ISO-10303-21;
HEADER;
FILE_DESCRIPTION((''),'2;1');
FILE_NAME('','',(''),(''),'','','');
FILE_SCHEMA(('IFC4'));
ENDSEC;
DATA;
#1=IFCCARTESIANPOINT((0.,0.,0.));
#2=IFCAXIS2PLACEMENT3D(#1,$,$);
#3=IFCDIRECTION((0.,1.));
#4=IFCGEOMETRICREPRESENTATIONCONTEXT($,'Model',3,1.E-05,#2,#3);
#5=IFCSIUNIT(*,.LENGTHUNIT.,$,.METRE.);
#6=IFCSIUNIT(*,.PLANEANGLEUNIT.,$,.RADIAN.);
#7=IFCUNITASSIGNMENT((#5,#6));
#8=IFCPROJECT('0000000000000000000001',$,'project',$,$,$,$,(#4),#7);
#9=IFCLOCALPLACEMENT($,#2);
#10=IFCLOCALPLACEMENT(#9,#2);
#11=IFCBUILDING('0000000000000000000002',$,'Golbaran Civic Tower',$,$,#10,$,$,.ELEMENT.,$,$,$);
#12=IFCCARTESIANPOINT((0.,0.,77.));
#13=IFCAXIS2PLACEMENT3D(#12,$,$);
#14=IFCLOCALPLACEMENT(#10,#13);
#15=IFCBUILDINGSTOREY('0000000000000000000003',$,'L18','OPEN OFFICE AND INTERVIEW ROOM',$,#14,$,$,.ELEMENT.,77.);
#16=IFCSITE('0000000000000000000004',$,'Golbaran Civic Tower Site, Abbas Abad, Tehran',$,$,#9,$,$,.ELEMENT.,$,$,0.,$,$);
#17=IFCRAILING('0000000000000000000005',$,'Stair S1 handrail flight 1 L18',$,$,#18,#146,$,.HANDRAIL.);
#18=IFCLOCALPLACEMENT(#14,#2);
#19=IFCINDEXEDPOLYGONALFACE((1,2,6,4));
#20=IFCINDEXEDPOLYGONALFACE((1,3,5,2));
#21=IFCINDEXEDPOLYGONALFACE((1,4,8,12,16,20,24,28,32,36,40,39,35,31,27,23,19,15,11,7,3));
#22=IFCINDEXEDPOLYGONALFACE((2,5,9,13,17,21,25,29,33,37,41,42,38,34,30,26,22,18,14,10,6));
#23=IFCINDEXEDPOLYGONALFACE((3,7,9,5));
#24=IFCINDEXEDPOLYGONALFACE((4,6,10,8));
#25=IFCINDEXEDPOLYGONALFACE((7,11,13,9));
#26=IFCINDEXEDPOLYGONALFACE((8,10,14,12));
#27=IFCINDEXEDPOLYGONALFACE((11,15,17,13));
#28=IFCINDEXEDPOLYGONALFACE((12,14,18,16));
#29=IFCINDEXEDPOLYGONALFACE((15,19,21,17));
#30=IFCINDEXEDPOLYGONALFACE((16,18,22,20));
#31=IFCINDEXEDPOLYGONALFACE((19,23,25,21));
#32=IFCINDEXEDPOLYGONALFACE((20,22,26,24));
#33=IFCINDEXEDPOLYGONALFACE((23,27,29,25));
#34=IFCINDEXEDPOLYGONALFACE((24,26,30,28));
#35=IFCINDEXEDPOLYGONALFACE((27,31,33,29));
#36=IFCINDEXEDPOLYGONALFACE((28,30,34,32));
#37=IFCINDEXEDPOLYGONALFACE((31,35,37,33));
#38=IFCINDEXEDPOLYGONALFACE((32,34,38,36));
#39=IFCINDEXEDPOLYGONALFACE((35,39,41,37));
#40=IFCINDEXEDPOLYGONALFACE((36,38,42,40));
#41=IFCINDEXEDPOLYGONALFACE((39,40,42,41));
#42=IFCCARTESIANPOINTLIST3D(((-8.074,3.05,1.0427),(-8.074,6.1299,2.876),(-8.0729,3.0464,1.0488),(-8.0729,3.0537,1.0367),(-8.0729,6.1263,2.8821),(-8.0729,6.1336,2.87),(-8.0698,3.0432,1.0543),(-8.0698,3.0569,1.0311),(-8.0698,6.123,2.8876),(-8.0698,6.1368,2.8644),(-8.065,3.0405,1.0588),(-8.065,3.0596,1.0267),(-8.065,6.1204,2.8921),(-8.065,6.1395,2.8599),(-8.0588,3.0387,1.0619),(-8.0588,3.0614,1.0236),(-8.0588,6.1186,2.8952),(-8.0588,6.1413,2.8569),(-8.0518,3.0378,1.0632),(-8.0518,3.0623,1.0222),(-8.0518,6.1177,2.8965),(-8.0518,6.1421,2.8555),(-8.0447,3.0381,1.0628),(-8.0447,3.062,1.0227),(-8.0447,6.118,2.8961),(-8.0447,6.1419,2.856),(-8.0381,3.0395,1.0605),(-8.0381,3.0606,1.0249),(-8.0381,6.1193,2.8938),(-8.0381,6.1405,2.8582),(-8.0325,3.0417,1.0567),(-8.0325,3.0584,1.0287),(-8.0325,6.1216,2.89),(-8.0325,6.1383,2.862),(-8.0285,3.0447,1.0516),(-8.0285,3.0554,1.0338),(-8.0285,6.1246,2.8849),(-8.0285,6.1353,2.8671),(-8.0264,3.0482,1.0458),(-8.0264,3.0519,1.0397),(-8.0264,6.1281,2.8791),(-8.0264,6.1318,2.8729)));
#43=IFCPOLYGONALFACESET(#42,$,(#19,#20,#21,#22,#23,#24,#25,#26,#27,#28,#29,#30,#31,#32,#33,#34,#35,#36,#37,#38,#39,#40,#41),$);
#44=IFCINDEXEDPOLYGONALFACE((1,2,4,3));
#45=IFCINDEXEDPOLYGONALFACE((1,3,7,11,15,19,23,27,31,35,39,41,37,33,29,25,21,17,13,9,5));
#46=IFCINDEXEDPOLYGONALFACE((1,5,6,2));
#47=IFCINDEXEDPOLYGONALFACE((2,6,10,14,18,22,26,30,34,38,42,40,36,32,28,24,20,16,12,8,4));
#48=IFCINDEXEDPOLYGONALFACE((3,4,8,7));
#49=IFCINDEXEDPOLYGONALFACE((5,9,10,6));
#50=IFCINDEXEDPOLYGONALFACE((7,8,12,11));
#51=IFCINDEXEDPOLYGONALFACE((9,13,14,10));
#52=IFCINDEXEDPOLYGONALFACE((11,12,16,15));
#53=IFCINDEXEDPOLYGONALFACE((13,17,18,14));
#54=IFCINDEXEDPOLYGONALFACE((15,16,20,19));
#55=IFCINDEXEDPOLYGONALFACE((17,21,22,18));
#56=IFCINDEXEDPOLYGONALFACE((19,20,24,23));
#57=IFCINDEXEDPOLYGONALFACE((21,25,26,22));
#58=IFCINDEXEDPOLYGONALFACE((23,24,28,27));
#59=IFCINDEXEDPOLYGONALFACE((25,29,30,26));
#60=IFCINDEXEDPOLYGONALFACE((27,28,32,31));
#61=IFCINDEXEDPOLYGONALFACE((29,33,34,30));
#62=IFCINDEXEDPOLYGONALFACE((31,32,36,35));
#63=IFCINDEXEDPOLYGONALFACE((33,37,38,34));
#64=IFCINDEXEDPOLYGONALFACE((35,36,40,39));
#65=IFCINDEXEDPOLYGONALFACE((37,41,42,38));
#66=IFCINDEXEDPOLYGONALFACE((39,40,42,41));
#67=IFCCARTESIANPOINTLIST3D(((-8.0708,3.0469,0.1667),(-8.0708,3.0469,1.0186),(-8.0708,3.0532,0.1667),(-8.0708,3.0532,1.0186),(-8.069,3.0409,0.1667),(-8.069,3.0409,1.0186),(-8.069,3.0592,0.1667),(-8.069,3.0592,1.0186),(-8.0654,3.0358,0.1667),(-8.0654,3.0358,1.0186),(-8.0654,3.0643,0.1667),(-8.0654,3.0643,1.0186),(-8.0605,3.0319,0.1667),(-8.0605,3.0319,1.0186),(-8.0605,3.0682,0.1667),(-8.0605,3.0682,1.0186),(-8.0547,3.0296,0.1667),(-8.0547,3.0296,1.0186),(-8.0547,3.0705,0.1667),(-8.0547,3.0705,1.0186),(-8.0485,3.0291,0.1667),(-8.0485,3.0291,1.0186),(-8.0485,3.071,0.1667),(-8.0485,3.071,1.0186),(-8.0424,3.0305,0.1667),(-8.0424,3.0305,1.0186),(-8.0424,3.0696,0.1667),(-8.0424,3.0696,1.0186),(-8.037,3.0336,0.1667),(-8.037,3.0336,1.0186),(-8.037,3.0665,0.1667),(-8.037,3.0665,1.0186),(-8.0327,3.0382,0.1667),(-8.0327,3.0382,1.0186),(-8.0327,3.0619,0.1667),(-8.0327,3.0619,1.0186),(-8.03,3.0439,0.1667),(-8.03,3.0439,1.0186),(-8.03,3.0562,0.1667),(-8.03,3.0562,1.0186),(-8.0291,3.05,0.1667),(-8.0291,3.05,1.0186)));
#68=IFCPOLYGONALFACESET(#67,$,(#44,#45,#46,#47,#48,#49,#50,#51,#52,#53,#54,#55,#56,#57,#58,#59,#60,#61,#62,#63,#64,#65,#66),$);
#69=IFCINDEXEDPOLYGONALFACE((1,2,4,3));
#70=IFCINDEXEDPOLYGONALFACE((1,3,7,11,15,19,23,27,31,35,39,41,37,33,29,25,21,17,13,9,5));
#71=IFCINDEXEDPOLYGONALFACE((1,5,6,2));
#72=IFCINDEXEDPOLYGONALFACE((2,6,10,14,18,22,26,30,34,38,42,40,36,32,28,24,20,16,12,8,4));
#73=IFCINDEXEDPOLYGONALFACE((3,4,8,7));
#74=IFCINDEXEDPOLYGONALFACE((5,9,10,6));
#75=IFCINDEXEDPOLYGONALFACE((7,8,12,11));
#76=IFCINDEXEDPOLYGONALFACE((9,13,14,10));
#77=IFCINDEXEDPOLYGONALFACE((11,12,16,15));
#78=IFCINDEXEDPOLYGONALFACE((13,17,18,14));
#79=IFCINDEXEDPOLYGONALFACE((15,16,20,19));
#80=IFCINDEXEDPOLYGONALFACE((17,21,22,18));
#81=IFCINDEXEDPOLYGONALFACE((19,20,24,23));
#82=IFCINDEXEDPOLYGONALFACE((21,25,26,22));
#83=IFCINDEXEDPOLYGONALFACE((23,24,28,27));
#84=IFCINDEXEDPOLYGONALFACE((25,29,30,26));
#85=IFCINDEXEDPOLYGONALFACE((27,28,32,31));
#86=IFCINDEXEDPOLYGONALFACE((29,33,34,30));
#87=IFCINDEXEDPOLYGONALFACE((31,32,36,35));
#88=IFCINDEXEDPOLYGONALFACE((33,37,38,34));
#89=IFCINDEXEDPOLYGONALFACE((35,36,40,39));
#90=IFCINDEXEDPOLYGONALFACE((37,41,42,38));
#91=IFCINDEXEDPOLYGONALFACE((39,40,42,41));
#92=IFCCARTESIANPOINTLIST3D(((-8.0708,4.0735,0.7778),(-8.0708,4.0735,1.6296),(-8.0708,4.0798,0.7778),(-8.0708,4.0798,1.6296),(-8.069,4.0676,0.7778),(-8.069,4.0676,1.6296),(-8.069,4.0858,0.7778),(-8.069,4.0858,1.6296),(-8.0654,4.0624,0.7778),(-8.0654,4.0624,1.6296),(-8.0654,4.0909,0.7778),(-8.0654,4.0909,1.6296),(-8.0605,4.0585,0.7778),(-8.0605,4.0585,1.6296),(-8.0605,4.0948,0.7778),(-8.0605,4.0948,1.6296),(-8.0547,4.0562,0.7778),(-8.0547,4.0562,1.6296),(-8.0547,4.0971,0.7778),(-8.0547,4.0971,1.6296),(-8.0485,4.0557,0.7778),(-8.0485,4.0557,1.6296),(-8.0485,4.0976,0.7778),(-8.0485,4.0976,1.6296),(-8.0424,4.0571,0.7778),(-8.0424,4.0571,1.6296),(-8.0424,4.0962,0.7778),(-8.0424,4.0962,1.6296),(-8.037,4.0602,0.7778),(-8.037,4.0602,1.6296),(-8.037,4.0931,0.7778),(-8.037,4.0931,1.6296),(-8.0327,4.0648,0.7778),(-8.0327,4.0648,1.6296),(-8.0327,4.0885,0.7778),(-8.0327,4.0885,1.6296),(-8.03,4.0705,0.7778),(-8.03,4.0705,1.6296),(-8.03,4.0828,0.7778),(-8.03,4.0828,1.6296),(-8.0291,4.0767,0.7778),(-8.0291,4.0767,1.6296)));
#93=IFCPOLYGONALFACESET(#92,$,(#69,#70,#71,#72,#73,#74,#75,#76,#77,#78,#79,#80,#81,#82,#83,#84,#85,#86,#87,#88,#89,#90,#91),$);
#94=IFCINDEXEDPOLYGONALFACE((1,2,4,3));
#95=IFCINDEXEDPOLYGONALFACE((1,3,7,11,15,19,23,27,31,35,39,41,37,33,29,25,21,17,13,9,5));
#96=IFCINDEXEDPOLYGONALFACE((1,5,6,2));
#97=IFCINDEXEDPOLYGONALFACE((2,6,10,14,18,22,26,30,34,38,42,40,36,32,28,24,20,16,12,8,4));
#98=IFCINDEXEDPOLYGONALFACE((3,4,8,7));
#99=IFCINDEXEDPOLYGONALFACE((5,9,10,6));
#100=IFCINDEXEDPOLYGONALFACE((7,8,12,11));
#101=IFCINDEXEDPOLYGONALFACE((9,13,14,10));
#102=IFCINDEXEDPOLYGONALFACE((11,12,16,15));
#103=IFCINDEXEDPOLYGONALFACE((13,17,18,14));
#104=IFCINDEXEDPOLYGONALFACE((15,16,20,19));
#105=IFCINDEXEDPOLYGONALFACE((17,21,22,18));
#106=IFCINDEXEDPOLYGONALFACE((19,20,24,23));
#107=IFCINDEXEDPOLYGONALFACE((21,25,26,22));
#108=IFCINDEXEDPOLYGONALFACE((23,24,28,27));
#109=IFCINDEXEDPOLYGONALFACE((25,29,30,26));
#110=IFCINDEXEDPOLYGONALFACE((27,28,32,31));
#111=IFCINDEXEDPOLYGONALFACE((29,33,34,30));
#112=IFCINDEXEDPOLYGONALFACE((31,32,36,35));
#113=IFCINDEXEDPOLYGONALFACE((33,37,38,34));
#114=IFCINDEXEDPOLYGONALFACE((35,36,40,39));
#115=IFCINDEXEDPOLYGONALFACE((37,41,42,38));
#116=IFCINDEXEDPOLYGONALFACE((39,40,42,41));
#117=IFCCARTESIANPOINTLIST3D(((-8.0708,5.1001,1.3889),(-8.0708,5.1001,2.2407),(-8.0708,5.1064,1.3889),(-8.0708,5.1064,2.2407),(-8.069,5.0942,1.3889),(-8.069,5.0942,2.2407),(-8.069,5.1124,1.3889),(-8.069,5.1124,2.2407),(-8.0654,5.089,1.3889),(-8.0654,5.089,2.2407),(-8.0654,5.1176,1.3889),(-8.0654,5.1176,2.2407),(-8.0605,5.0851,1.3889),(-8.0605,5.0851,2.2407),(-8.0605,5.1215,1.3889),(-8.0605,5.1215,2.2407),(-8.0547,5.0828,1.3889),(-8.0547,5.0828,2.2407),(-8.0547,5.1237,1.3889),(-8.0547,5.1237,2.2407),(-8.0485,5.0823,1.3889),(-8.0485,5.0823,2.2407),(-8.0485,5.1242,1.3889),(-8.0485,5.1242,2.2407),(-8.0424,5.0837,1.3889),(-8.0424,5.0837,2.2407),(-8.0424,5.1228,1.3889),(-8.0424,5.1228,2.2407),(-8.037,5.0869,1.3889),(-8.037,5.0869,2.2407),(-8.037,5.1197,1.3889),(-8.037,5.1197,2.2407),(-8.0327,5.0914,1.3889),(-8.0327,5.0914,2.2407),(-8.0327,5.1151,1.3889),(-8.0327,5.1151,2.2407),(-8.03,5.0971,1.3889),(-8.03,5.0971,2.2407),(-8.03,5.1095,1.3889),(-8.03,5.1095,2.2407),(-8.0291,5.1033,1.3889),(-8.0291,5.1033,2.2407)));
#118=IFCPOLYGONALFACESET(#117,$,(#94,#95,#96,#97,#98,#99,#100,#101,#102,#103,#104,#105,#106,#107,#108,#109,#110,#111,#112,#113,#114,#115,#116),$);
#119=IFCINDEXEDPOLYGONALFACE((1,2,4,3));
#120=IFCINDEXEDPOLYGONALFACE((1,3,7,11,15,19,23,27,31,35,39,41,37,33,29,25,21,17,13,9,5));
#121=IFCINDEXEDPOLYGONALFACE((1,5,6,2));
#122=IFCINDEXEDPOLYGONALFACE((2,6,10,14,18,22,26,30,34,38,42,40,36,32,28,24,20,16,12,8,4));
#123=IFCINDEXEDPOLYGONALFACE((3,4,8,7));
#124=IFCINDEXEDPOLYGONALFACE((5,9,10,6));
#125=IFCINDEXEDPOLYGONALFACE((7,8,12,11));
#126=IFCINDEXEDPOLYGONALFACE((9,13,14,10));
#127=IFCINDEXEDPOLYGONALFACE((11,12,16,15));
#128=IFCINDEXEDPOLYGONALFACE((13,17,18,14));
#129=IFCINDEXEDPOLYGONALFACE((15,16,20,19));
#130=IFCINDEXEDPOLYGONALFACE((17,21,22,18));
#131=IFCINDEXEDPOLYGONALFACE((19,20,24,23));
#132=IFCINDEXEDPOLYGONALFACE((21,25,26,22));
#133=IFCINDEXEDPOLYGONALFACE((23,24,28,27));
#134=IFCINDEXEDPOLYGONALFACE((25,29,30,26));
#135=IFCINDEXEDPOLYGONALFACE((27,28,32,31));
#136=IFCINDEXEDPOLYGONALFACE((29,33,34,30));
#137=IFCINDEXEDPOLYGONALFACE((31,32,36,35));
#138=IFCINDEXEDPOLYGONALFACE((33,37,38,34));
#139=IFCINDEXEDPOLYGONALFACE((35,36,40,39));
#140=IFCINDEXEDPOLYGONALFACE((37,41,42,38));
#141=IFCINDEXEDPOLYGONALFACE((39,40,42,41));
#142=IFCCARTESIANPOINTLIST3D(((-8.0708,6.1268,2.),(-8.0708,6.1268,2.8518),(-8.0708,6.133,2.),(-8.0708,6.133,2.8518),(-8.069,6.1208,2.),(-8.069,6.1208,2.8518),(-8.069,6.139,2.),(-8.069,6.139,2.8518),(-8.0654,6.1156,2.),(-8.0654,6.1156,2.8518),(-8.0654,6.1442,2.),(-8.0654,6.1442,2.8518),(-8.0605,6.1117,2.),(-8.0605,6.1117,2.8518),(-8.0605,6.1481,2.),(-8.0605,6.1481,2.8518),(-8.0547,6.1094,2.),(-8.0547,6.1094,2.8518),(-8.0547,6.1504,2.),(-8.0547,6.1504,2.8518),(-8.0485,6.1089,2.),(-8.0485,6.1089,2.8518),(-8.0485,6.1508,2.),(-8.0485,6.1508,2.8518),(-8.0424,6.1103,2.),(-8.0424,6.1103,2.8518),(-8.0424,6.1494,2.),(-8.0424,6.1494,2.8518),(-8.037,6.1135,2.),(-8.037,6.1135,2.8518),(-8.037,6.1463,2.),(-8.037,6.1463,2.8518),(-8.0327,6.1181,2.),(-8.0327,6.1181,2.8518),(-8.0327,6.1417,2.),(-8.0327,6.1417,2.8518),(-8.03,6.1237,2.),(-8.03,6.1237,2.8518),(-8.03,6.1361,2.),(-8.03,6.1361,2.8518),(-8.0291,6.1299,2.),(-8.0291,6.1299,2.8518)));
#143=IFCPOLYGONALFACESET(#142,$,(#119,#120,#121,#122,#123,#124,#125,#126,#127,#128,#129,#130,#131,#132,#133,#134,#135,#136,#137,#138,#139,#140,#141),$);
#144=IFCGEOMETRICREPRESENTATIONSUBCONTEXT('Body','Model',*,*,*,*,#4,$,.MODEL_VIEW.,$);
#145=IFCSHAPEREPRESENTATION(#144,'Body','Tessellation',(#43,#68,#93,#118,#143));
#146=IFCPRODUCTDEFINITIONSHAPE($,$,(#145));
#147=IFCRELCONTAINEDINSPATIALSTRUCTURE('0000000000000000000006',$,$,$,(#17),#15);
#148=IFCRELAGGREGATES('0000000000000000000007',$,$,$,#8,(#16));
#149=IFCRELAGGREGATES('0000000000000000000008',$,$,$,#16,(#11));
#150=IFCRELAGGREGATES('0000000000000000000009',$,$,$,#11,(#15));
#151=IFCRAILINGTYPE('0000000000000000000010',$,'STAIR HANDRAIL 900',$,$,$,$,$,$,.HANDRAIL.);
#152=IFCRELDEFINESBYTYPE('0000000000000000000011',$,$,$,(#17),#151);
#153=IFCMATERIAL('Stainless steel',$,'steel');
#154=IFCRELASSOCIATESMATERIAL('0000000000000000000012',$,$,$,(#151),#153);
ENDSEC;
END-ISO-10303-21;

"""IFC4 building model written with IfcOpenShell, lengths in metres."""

from ifc_helpers import new_model, si_unit, direction, frame, origin, origin_2d, place, context, subcontext, project, spatial, circle, extrude, material, type_object, element, save


model = new_model("IFC4")

# Units and contexts
model_context = context("Model", 3, precision=1e-05, world=origin(), true_north=direction((0.0, 1.0)))
body_context = subcontext(model_context, "Body", "Model", "MODEL_VIEW")
ifc_project = project(units=[si_unit("LENGTHUNIT", "METRE"), si_unit("PLANEANGLEUNIT", "RADIAN")], contexts=[model_context])

# Site, building, storey
site_placement = place(None, origin())
site = spatial("IfcSite", under=ifc_project, at=site_placement, Name="Golbaran Civic Tower Site, Abbas Abad, Tehran", CompositionType="ELEMENT", RefElevation=0.0)
building_placement = place(site_placement, origin())
building = spatial("IfcBuilding", under=site, at=building_placement, Name="Golbaran Civic Tower", CompositionType="ELEMENT")
storey_placement = place(building_placement, frame((0.0, 0.0, 77.0)))
storey = spatial("IfcBuildingStorey", under=building, at=storey_placement, Name="L18", Description="OPEN OFFICE AND INTERVIEW ROOM", CompositionType="ELEMENT", Elevation=77.0)

# Shared definitions
ifc_material_1 = material(Name="Stainless steel", Category="steel")

# Railing
railing_type = type_object("IfcRailingType", Name="STAIR HANDRAIL 900", PredefinedType="HANDRAIL", material=ifc_material_1)
railing_1_placement = place(storey_placement, frame((-8.05, 3.05, 0.1667)))
element("IfcRailing", 1, at=railing_1_placement, inside=storey, type_object=railing_type, Name="Stair S1 handrail flight 1 L18", PredefinedType="HANDRAIL", context=body_context, shape_type="SweptSolid", body=[
    extrude(circle(Radius=0.0239, at=origin_2d()), frame((0.0, 0.0, 0.876), z_axis=(0.0, 0.859291, 0.511487), x_axis=(-1.0, 0.0, 0.0)), (0.0, 0.0, 1.0), 3.5842),
    extrude(circle(Radius=0.021, at=origin_2d()), origin(), (0.0, 0.0, 1.0), 0.8518),
    extrude(circle(Radius=0.021, at=origin_2d()), frame((0.0, 1.0266, 0.6111)), (0.0, 0.0, 1.0), 0.8518),
    extrude(circle(Radius=0.021, at=origin_2d()), frame((0.0, 2.0532, 1.2222)), (0.0, 0.0, 1.0), 0.8518),
    extrude(circle(Radius=0.021, at=origin_2d()), frame((0.0, 3.0798, 1.8333)), (0.0, 0.0, 1.0), 0.8518),
])

save(model, "model.ifc")
